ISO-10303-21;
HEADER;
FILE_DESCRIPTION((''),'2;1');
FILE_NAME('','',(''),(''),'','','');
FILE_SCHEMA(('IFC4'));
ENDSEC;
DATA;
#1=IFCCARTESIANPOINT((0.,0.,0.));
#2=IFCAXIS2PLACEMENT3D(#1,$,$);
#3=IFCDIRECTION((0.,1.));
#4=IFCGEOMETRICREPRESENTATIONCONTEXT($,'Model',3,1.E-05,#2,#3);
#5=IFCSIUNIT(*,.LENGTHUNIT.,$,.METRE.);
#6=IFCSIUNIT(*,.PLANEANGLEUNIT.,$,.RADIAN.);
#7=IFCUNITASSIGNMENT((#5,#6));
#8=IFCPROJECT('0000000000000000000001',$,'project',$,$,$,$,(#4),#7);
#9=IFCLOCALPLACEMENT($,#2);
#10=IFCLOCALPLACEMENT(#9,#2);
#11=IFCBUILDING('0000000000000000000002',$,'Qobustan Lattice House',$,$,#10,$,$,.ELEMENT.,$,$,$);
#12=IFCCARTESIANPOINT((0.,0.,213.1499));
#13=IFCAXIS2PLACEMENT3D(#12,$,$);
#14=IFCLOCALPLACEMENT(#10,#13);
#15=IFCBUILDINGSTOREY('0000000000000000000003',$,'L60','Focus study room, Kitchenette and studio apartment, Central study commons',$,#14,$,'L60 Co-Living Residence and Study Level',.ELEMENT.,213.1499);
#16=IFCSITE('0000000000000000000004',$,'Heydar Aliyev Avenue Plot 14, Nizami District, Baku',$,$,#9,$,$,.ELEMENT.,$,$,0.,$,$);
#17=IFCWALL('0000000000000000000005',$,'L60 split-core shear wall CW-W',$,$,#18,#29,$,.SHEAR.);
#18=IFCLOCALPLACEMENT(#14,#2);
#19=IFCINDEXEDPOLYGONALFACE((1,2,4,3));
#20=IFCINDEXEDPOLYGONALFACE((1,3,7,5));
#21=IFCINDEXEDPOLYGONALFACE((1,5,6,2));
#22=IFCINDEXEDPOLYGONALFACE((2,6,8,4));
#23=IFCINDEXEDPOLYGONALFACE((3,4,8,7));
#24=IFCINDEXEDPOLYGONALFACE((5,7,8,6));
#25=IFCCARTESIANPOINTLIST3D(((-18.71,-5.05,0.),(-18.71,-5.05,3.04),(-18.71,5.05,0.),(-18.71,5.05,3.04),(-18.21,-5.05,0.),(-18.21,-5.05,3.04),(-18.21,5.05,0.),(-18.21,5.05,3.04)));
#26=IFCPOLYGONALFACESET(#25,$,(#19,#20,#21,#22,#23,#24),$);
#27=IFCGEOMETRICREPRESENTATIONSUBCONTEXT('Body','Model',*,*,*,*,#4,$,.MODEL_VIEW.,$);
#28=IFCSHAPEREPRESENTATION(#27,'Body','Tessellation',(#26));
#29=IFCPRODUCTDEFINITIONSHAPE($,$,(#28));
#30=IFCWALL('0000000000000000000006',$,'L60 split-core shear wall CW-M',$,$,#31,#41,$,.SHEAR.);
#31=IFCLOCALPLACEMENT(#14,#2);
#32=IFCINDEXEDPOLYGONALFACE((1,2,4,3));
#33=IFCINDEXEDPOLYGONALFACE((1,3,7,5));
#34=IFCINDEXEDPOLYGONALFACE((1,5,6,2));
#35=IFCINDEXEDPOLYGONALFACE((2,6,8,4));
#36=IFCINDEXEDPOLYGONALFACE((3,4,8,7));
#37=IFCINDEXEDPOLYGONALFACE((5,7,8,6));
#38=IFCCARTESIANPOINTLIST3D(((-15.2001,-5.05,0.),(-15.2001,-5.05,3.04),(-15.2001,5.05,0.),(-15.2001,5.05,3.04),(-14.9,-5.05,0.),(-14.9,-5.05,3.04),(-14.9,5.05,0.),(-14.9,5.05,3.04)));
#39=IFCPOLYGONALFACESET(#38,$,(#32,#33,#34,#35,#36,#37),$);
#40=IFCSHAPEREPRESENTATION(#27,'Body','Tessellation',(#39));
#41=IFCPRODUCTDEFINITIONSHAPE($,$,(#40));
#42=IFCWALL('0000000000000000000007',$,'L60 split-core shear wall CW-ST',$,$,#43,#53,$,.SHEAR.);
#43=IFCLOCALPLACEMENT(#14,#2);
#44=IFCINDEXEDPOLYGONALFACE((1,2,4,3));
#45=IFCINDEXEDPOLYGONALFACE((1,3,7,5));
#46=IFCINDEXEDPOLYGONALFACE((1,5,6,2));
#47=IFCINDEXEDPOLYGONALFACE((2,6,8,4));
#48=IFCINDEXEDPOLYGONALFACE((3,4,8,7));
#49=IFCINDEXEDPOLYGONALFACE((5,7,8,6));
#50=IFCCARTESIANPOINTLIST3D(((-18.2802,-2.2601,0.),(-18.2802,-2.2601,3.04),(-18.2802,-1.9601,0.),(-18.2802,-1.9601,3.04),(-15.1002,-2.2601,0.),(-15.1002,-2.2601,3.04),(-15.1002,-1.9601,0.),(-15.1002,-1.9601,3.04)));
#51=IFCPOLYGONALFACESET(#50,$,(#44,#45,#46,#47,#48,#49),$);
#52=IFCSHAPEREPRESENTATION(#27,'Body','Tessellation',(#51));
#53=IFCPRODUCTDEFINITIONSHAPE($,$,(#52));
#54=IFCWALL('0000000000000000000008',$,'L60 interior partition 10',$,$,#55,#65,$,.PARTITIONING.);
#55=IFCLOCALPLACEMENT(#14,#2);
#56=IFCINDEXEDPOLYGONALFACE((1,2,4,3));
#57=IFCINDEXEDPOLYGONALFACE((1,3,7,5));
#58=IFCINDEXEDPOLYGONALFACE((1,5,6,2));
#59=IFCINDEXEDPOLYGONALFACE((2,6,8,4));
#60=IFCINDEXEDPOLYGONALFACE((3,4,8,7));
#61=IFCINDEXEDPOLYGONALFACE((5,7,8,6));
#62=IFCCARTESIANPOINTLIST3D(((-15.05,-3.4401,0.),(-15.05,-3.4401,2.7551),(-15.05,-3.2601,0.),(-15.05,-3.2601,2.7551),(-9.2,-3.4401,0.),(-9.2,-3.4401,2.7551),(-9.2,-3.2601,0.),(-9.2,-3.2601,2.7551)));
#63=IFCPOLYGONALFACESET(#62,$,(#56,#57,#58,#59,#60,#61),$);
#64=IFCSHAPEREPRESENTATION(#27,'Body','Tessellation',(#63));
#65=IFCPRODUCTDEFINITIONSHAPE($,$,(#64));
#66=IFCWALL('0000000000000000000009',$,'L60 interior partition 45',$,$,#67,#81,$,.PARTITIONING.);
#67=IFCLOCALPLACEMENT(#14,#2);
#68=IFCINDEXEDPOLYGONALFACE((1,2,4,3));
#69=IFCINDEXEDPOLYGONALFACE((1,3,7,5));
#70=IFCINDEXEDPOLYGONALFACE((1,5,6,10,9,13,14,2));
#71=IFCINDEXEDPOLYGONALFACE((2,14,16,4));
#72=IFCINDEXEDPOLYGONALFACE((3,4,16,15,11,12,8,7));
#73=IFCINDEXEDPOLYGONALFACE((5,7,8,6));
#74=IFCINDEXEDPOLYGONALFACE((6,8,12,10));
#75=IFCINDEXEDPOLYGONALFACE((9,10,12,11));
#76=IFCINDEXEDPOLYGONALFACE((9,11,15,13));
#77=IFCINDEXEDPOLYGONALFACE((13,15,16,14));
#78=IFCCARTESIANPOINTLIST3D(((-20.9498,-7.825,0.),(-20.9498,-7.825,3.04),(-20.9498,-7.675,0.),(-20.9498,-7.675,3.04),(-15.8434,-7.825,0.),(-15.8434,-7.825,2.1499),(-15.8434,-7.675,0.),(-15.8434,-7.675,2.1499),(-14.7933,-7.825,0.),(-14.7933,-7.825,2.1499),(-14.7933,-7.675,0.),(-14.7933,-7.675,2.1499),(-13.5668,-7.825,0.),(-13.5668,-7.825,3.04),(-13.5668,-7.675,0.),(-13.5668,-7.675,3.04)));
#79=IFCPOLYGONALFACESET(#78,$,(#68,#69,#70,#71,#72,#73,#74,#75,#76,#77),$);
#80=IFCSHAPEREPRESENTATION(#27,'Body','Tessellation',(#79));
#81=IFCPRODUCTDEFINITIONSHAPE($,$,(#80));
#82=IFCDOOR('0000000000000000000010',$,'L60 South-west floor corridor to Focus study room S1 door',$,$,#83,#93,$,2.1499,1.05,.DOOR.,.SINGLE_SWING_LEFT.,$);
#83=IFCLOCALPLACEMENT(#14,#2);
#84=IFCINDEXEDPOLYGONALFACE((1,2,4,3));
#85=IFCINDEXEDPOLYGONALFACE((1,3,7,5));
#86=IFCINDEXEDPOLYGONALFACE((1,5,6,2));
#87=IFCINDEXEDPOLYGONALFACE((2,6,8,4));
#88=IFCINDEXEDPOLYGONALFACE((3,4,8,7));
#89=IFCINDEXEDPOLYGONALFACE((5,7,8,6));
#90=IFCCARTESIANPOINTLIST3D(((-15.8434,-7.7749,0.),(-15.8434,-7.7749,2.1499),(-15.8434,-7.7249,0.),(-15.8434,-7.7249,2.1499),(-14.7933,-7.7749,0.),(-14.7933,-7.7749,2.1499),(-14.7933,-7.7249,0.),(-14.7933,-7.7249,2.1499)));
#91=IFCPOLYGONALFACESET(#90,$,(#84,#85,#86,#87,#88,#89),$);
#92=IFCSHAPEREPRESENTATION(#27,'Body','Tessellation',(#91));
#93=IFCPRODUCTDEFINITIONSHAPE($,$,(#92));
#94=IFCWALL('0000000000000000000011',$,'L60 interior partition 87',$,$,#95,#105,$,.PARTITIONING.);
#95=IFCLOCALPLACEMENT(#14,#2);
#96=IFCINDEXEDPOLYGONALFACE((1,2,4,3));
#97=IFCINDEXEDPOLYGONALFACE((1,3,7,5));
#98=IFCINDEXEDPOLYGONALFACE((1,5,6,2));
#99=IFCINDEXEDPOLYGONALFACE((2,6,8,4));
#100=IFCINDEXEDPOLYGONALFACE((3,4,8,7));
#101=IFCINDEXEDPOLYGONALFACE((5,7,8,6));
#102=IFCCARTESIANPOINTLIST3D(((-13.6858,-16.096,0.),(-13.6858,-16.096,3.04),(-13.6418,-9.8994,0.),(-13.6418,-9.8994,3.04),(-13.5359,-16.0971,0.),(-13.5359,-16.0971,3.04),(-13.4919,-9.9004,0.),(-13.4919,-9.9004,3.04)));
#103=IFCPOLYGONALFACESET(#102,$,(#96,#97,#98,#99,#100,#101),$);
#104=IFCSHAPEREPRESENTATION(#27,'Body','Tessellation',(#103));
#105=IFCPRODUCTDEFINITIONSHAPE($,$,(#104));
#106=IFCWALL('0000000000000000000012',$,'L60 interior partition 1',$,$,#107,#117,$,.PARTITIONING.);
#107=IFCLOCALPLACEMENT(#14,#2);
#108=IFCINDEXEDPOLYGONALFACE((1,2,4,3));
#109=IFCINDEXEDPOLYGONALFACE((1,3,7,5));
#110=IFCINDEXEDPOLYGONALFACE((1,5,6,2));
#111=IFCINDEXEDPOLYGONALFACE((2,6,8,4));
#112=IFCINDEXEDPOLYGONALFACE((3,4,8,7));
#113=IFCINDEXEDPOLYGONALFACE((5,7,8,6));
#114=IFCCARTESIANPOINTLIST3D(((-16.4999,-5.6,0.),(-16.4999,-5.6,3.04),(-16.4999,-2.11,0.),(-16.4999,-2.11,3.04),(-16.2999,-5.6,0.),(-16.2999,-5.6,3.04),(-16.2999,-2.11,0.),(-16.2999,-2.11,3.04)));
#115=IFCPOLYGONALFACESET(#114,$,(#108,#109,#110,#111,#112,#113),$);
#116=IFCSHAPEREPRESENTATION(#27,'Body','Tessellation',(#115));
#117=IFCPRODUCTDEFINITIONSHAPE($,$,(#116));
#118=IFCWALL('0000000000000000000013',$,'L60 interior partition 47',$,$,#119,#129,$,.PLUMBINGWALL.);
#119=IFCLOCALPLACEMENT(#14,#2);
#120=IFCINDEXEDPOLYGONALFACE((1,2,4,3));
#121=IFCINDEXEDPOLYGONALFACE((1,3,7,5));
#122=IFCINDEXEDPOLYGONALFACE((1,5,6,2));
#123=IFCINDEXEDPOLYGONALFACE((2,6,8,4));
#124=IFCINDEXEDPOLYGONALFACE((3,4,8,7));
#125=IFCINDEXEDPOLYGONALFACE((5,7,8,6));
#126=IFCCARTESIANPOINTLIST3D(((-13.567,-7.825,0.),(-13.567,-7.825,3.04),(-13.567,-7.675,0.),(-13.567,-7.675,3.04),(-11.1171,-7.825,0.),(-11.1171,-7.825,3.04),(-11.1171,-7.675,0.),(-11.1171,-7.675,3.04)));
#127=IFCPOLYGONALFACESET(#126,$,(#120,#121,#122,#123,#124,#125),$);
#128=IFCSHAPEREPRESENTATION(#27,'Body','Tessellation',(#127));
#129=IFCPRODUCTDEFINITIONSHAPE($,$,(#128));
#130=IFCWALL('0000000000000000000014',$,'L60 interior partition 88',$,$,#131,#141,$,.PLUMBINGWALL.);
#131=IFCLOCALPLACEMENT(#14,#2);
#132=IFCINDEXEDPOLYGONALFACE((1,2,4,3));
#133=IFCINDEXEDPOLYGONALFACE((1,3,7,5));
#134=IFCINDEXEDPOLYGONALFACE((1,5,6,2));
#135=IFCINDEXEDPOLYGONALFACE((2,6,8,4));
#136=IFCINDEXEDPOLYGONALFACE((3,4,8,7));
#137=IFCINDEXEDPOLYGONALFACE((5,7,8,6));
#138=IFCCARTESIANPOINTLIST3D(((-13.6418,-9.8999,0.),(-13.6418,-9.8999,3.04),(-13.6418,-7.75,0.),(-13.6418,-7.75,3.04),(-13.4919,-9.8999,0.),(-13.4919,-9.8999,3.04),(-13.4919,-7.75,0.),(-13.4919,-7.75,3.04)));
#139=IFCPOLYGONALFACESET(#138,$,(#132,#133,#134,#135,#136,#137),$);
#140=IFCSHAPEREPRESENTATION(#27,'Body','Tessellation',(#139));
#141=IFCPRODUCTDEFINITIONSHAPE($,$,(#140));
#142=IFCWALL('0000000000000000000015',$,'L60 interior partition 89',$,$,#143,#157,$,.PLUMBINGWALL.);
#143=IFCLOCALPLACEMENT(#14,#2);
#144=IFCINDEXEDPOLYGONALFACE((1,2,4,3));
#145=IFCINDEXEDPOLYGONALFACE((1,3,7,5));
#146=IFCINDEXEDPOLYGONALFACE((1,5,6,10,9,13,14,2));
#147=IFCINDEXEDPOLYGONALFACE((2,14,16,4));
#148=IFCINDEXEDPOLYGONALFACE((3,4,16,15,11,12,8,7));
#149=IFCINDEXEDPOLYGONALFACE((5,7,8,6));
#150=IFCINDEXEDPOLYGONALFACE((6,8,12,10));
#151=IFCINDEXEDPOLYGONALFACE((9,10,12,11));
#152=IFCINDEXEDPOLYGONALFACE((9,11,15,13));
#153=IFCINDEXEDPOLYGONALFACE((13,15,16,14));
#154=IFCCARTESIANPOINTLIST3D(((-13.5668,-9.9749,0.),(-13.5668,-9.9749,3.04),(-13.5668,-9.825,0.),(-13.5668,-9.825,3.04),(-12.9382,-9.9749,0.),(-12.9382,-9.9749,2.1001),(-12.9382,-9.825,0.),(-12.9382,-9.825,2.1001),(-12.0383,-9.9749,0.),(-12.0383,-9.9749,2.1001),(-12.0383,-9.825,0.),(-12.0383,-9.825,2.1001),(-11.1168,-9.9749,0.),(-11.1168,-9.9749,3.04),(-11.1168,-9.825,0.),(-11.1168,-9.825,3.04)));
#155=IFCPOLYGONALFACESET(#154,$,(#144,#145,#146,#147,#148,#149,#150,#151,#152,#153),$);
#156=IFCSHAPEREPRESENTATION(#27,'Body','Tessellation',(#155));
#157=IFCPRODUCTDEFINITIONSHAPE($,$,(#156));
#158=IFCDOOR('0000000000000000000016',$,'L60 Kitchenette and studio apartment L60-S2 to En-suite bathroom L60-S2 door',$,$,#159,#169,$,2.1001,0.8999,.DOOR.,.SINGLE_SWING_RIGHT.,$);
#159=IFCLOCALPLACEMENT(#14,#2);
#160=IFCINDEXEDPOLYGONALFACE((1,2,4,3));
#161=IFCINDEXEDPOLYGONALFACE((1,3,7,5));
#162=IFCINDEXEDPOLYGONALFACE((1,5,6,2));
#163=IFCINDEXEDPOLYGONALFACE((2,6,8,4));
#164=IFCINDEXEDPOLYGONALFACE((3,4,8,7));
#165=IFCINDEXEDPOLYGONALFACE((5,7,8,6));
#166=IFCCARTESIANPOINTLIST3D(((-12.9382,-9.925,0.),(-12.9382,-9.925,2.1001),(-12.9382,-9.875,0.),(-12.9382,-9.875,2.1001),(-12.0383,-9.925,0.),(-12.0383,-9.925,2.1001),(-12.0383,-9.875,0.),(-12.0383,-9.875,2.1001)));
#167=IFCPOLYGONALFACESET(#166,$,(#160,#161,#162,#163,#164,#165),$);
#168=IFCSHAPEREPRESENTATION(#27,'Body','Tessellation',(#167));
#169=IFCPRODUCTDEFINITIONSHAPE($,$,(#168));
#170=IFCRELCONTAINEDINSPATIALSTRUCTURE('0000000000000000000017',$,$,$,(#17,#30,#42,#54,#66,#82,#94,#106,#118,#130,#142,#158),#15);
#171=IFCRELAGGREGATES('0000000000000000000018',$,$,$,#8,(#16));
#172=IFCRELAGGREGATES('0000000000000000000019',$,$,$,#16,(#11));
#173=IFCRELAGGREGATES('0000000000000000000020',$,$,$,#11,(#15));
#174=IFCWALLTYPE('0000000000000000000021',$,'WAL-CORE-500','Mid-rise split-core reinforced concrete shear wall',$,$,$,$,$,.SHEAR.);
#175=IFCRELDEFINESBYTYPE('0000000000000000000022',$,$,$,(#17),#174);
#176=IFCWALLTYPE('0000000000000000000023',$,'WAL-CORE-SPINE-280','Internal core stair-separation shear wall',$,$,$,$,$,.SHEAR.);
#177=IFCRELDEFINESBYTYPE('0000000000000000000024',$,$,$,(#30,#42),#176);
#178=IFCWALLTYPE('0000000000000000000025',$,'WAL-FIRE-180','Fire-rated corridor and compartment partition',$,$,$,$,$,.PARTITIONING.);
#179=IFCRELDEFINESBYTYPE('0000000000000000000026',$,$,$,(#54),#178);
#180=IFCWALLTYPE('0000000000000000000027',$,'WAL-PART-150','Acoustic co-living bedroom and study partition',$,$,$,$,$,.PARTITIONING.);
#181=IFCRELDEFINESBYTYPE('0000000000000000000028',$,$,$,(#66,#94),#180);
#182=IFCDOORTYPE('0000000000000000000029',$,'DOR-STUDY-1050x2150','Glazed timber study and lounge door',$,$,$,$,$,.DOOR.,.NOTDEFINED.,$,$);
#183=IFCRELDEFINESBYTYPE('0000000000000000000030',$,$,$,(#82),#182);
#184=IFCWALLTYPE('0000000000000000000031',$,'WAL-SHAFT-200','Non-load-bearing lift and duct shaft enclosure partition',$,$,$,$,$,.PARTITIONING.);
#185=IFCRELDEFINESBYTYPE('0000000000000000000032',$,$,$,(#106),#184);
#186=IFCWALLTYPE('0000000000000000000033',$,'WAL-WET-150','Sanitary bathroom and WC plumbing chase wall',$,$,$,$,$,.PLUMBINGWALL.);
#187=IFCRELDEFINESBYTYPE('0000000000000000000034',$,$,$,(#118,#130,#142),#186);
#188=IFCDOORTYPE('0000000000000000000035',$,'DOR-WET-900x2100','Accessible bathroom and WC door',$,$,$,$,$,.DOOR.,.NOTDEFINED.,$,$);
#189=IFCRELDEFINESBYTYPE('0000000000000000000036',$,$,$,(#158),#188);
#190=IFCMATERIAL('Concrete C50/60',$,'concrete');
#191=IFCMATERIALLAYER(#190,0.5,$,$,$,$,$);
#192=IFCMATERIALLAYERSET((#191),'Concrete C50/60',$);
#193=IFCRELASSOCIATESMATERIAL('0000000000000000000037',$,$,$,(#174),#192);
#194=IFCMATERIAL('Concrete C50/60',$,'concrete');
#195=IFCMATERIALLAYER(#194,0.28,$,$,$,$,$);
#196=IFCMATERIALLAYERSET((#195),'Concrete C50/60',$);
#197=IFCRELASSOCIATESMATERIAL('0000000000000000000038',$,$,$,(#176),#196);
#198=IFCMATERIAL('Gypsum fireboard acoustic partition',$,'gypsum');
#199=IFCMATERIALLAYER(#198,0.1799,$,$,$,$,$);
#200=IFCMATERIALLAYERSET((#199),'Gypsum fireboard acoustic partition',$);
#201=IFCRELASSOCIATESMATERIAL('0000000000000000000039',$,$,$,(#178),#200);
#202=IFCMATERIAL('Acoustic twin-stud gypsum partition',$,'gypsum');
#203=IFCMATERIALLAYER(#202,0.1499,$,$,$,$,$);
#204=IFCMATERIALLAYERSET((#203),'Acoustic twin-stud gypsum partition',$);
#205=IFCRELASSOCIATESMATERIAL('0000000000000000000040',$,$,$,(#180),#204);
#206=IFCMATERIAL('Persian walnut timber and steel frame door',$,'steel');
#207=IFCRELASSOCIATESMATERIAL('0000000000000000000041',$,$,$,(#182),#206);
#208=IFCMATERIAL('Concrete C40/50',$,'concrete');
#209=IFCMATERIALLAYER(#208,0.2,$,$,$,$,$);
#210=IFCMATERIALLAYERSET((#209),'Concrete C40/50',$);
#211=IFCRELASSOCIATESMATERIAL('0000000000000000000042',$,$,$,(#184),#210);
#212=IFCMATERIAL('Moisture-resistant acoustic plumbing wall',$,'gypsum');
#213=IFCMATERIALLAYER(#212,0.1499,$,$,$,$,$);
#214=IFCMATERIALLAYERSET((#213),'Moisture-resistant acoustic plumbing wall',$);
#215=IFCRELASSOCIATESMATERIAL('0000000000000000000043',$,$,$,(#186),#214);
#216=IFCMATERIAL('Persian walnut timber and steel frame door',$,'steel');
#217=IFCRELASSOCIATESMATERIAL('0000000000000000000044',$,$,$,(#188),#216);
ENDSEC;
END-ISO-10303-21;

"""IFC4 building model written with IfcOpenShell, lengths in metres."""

from ifc_helpers import new_model, si_unit, direction, frame, frame_2d, origin, place, context, subcontext, project, spatial, rectangle, extrude, material, layer, layer_set, type_object, element, fill, save


model = new_model("IFC4")

# Units and contexts
model_context = context("Model", 3, precision=1e-05, world=origin(), true_north=direction((0.0, 1.0)))
body_context = subcontext(model_context, "Body", "Model", "MODEL_VIEW")
ifc_project = project(units=[si_unit("LENGTHUNIT", "METRE"), si_unit("PLANEANGLEUNIT", "RADIAN")], contexts=[model_context])

# Site, building, storey
site_placement = place(None, origin())
site = spatial("IfcSite", under=ifc_project, at=site_placement, Name="Heydar Aliyev Avenue Plot 14, Nizami District, Baku", CompositionType="ELEMENT", RefElevation=0.0)
building_placement = place(site_placement, origin())
building = spatial("IfcBuilding", under=site, at=building_placement, Name="Qobustan Lattice House", CompositionType="ELEMENT")
storey_placement = place(building_placement, frame((0.0, 0.0, 213.1499)))
storey = spatial("IfcBuildingStorey", under=building, at=storey_placement, Name="L60", Description="Focus study room, Kitchenette and studio apartment, Central study commons", LongName="L60 Co-Living Residence and Study Level", CompositionType="ELEMENT", Elevation=213.1499)

# Walls
ifc_material_1 = material(Name="Concrete C50/60", Category="concrete")
ifc_layer_1 = layer(ifc_material_1, 0.5)
ifc_layer_set_1 = layer_set([ifc_layer_1], Name="Concrete C50/60")
wall_type_1 = type_object("IfcWallType", Name="WAL-CORE-500", Description="Mid-rise split-core reinforced concrete shear wall", PredefinedType="SHEAR", material=ifc_layer_set_1)
wall_1_placement = place(storey_placement, frame((-18.46, -5.05, 0.0), z_axis=(0.0, 0.0, 1.0), x_axis=(0.0, 1.0, 0.0)))
element("IfcWall", 1, at=wall_1_placement, inside=storey, type_object=wall_type_1, Name="L60 split-core shear wall CW-W", PredefinedType="SHEAR", context=body_context, shape_type="SweptSolid", body=[
    extrude(rectangle(XDim=10.1001, YDim=0.5, at=frame_2d((5.05, 0.0))), origin(), (0.0, 0.0, 1.0), 3.04),
])
ifc_material_2 = material(Name="Concrete C50/60", Category="concrete")
ifc_layer_2 = layer(ifc_material_2, 0.28)
ifc_layer_set_2 = layer_set([ifc_layer_2], Name="Concrete C50/60")
wall_type_2 = type_object("IfcWallType", Name="WAL-CORE-SPINE-280", Description="Internal core stair-separation shear wall", PredefinedType="SHEAR", material=ifc_layer_set_2)
wall_2_placement = place(storey_placement, frame((-15.05, -5.05, 0.0), z_axis=(0.0, 0.0, 1.0), x_axis=(0.0, 1.0, 0.0)))
element("IfcWall", 2, at=wall_2_placement, inside=storey, type_object=wall_type_2, Name="L60 split-core shear wall CW-M", PredefinedType="SHEAR", context=body_context, shape_type="SweptSolid", body=[
    extrude(rectangle(XDim=10.1001, YDim=0.3, at=frame_2d((5.05, 0.0))), origin(), (0.0, 0.0, 1.0), 3.04),
])
wall_3_placement = place(storey_placement, frame((-18.28, -2.1101, 0.0), z_axis=(0.0, 0.0, 1.0), x_axis=(1.0, 0.0, 0.0)))
element("IfcWall", 3, at=wall_3_placement, inside=storey, type_object=wall_type_2, Name="L60 split-core shear wall CW-ST", PredefinedType="SHEAR", context=body_context, shape_type="SweptSolid", body=[
    extrude(rectangle(XDim=3.1799, YDim=0.3, at=frame_2d((1.5898, 0.0))), origin(), (0.0, 0.0, 1.0), 3.04),
])
ifc_material_3 = material(Name="Gypsum fireboard acoustic partition", Category="gypsum")
ifc_layer_3 = layer(ifc_material_3, 0.1799)
ifc_layer_set_3 = layer_set([ifc_layer_3], Name="Gypsum fireboard acoustic partition")
wall_type_3 = type_object("IfcWallType", Name="WAL-FIRE-180", Description="Fire-rated corridor and compartment partition", PredefinedType="PARTITIONING", material=ifc_layer_set_3)
wall_4_placement = place(storey_placement, frame((-15.05, -3.3501, 0.0), z_axis=(0.0, 0.0, 1.0), x_axis=(1.0, 0.0, 0.0)))
element("IfcWall", 4, at=wall_4_placement, inside=storey, type_object=wall_type_3, Name="L60 interior partition 10", PredefinedType="PARTITIONING", context=body_context, shape_type="SweptSolid", body=[
    extrude(rectangle(XDim=5.8501, YDim=0.1799, at=frame_2d((2.925, 0.0))), origin(), (0.0, 0.0, 1.0), 2.7551),
])

# Wall, opening, door
ifc_material_4 = material(Name="Acoustic twin-stud gypsum partition", Category="gypsum")
ifc_layer_4 = layer(ifc_material_4, 0.1499)
ifc_layer_set_4 = layer_set([ifc_layer_4], Name="Acoustic twin-stud gypsum partition")
wall_type_4 = type_object("IfcWallType", Name="WAL-PART-150", Description="Acoustic co-living bedroom and study partition", PredefinedType="PARTITIONING", material=ifc_layer_set_4)
wall_5_placement = place(storey_placement, frame((-13.5669, -7.75, 0.0), z_axis=(0.0, 0.0, 1.0), x_axis=(-1.0, 0.0, 0.0)))
wall_5 = element("IfcWall", 5, at=wall_5_placement, inside=storey, type_object=wall_type_4, Name="L60 interior partition 45", PredefinedType="PARTITIONING", context=body_context, shape_type="SweptSolid", body=[
    extrude(rectangle(XDim=7.3831, YDim=0.1499, at=frame_2d((3.6914, 0.0))), origin(), (0.0, 0.0, 1.0), 3.04),
])
opening_1_placement = place(wall_5_placement, frame((1.2266, 0.0, 0.0)))
opening_1 = element("IfcOpeningElement", 6, at=opening_1_placement, cuts=wall_5, PredefinedType="OPENING", context=body_context, shape_type="SweptSolid", body=[
    extrude(rectangle(XDim=1.05, YDim=2.1499, at=frame_2d((0.5249, 1.075))), frame((0.0, 0.085, 0.0), z_axis=(0.0, -1.0, 0.0), x_axis=(1.0, 0.0, 0.0)), (0.0, 0.0, 1.0), 0.1699),
])
ifc_material_5 = material(Name="Persian walnut timber and steel frame door", Category="steel")
door_type_1 = type_object("IfcDoorType", Name="DOR-STUDY-1050x2150", Description="Glazed timber study and lounge door", OperationType="NOTDEFINED", PredefinedType="DOOR", material=ifc_material_5)
door_1_placement = place(opening_1_placement, origin())
door_1 = element("IfcDoor", 7, at=door_1_placement, inside=storey, type_object=door_type_1, Name="L60 South-west floor corridor to Focus study room S1 door", OperationType="SINGLE_SWING_LEFT", OverallHeight=2.1499, OverallWidth=1.05, PredefinedType="DOOR", context=body_context, shape_type="SweptSolid", body=[
    extrude(rectangle(XDim=1.05, YDim=2.1499, at=frame_2d((0.5249, 1.075))), frame((0.0, 0.0249, 0.0), z_axis=(0.0, -1.0, 0.0), x_axis=(1.0, 0.0, 0.0)), (0.0, 0.0, 1.0), 0.05),
])
fill(opening_1, door_1)

# Walls
wall_6_placement = place(storey_placement, frame((-13.5669, -9.8999, 0.0), z_axis=(0.0, 0.0, 1.0), x_axis=(-0.007092, -0.999975, 0.0)))
element("IfcWall", 8, at=wall_6_placement, inside=storey, type_object=wall_type_4, Name="L60 interior partition 87", PredefinedType="PARTITIONING", context=body_context, shape_type="SweptSolid", body=[
    extrude(rectangle(XDim=6.1968, YDim=0.1499, at=frame_2d((3.0984, 0.0))), origin(), (0.0, 0.0, 1.0), 3.04),
])
ifc_material_6 = material(Name="Concrete C40/50", Category="concrete")
ifc_layer_5 = layer(ifc_material_6, 0.2)
ifc_layer_set_5 = layer_set([ifc_layer_5], Name="Concrete C40/50")
wall_type_5 = type_object("IfcWallType", Name="WAL-SHAFT-200", Description="Non-load-bearing lift and duct shaft enclosure partition", PredefinedType="PARTITIONING", material=ifc_layer_set_5)
wall_7_placement = place(storey_placement, frame((-16.3999, -5.6001, 0.0), z_axis=(0.0, 0.0, 1.0), x_axis=(0.0, 1.0, 0.0)))
element("IfcWall", 9, at=wall_7_placement, inside=storey, type_object=wall_type_5, Name="L60 interior partition 1", PredefinedType="PARTITIONING", context=body_context, shape_type="SweptSolid", body=[
    extrude(rectangle(XDim=3.49, YDim=0.2, at=frame_2d((1.7451, 0.0))), origin(), (0.0, 0.0, 1.0), 3.04),
])
ifc_material_7 = material(Name="Moisture-resistant acoustic plumbing wall", Category="gypsum")
ifc_layer_6 = layer(ifc_material_7, 0.1499)
ifc_layer_set_6 = layer_set([ifc_layer_6], Name="Moisture-resistant acoustic plumbing wall")
wall_type_6 = type_object("IfcWallType", Name="WAL-WET-150", Description="Sanitary bathroom and WC plumbing chase wall", PredefinedType="PLUMBINGWALL", material=ifc_layer_set_6)
wall_8_placement = place(storey_placement, frame((-11.1169, -7.75, 0.0), z_axis=(0.0, 0.0, 1.0), x_axis=(-1.0, 0.0, 0.0)))
element("IfcWall", 10, at=wall_8_placement, inside=storey, type_object=wall_type_6, Name="L60 interior partition 47", PredefinedType="PLUMBINGWALL", context=body_context, shape_type="SweptSolid", body=[
    extrude(rectangle(XDim=2.45, YDim=0.1499, at=frame_2d((1.2251, 0.0))), origin(), (0.0, 0.0, 1.0), 3.04),
])
wall_9_placement = place(storey_placement, frame((-13.5669, -7.75, 0.0), z_axis=(0.0, 0.0, 1.0), x_axis=(0.0, -1.0, 0.0)))
element("IfcWall", 11, at=wall_9_placement, inside=storey, type_object=wall_type_6, Name="L60 interior partition 88", PredefinedType="PLUMBINGWALL", context=body_context, shape_type="SweptSolid", body=[
    extrude(rectangle(XDim=2.1499, YDim=0.1499, at=frame_2d((1.075, 0.0))), origin(), (0.0, 0.0, 1.0), 3.04),
])

# Wall, opening, door
wall_10_placement = place(storey_placement, frame((-13.5669, -9.8999, 0.0), z_axis=(0.0, 0.0, 1.0), x_axis=(1.0, 0.0, 0.0)))
wall_10 = element("IfcWall", 12, at=wall_10_placement, inside=storey, type_object=wall_type_6, Name="L60 interior partition 89", PredefinedType="PLUMBINGWALL", context=body_context, shape_type="SweptSolid", body=[
    extrude(rectangle(XDim=2.45, YDim=0.1499, at=frame_2d((1.2251, 0.0))), origin(), (0.0, 0.0, 1.0), 3.04),
])
opening_2_placement = place(wall_10_placement, frame((0.6287, 0.0, 0.0)))
opening_2 = element("IfcOpeningElement", 13, at=opening_2_placement, cuts=wall_10, PredefinedType="OPENING", context=body_context, shape_type="SweptSolid", body=[
    extrude(rectangle(XDim=0.8999, YDim=2.1001, at=frame_2d((0.45, 1.05))), frame((0.0, 0.085, 0.0), z_axis=(0.0, -1.0, 0.0), x_axis=(1.0, 0.0, 0.0)), (0.0, 0.0, 1.0), 0.1699),
])
ifc_material_8 = material(Name="Persian walnut timber and steel frame door", Category="steel")
door_type_2 = type_object("IfcDoorType", Name="DOR-WET-900x2100", Description="Accessible bathroom and WC door", OperationType="NOTDEFINED", PredefinedType="DOOR", material=ifc_material_8)
door_2_placement = place(opening_2_placement, origin())
door_2 = element("IfcDoor", 14, at=door_2_placement, inside=storey, type_object=door_type_2, Name="L60 Kitchenette and studio apartment L60-S2 to En-suite bathroom L60-S2 door", OperationType="SINGLE_SWING_RIGHT", OverallHeight=2.1001, OverallWidth=0.8999, PredefinedType="DOOR", context=body_context, shape_type="SweptSolid", body=[
    extrude(rectangle(XDim=0.8999, YDim=2.1001, at=frame_2d((0.45, 1.05))), frame((0.0, 0.0249, 0.0), z_axis=(0.0, -1.0, 0.0), x_axis=(1.0, 0.0, 0.0)), (0.0, 0.0, 1.0), 0.05),
])
fill(opening_2, door_2)

save(model, "model.ifc")
